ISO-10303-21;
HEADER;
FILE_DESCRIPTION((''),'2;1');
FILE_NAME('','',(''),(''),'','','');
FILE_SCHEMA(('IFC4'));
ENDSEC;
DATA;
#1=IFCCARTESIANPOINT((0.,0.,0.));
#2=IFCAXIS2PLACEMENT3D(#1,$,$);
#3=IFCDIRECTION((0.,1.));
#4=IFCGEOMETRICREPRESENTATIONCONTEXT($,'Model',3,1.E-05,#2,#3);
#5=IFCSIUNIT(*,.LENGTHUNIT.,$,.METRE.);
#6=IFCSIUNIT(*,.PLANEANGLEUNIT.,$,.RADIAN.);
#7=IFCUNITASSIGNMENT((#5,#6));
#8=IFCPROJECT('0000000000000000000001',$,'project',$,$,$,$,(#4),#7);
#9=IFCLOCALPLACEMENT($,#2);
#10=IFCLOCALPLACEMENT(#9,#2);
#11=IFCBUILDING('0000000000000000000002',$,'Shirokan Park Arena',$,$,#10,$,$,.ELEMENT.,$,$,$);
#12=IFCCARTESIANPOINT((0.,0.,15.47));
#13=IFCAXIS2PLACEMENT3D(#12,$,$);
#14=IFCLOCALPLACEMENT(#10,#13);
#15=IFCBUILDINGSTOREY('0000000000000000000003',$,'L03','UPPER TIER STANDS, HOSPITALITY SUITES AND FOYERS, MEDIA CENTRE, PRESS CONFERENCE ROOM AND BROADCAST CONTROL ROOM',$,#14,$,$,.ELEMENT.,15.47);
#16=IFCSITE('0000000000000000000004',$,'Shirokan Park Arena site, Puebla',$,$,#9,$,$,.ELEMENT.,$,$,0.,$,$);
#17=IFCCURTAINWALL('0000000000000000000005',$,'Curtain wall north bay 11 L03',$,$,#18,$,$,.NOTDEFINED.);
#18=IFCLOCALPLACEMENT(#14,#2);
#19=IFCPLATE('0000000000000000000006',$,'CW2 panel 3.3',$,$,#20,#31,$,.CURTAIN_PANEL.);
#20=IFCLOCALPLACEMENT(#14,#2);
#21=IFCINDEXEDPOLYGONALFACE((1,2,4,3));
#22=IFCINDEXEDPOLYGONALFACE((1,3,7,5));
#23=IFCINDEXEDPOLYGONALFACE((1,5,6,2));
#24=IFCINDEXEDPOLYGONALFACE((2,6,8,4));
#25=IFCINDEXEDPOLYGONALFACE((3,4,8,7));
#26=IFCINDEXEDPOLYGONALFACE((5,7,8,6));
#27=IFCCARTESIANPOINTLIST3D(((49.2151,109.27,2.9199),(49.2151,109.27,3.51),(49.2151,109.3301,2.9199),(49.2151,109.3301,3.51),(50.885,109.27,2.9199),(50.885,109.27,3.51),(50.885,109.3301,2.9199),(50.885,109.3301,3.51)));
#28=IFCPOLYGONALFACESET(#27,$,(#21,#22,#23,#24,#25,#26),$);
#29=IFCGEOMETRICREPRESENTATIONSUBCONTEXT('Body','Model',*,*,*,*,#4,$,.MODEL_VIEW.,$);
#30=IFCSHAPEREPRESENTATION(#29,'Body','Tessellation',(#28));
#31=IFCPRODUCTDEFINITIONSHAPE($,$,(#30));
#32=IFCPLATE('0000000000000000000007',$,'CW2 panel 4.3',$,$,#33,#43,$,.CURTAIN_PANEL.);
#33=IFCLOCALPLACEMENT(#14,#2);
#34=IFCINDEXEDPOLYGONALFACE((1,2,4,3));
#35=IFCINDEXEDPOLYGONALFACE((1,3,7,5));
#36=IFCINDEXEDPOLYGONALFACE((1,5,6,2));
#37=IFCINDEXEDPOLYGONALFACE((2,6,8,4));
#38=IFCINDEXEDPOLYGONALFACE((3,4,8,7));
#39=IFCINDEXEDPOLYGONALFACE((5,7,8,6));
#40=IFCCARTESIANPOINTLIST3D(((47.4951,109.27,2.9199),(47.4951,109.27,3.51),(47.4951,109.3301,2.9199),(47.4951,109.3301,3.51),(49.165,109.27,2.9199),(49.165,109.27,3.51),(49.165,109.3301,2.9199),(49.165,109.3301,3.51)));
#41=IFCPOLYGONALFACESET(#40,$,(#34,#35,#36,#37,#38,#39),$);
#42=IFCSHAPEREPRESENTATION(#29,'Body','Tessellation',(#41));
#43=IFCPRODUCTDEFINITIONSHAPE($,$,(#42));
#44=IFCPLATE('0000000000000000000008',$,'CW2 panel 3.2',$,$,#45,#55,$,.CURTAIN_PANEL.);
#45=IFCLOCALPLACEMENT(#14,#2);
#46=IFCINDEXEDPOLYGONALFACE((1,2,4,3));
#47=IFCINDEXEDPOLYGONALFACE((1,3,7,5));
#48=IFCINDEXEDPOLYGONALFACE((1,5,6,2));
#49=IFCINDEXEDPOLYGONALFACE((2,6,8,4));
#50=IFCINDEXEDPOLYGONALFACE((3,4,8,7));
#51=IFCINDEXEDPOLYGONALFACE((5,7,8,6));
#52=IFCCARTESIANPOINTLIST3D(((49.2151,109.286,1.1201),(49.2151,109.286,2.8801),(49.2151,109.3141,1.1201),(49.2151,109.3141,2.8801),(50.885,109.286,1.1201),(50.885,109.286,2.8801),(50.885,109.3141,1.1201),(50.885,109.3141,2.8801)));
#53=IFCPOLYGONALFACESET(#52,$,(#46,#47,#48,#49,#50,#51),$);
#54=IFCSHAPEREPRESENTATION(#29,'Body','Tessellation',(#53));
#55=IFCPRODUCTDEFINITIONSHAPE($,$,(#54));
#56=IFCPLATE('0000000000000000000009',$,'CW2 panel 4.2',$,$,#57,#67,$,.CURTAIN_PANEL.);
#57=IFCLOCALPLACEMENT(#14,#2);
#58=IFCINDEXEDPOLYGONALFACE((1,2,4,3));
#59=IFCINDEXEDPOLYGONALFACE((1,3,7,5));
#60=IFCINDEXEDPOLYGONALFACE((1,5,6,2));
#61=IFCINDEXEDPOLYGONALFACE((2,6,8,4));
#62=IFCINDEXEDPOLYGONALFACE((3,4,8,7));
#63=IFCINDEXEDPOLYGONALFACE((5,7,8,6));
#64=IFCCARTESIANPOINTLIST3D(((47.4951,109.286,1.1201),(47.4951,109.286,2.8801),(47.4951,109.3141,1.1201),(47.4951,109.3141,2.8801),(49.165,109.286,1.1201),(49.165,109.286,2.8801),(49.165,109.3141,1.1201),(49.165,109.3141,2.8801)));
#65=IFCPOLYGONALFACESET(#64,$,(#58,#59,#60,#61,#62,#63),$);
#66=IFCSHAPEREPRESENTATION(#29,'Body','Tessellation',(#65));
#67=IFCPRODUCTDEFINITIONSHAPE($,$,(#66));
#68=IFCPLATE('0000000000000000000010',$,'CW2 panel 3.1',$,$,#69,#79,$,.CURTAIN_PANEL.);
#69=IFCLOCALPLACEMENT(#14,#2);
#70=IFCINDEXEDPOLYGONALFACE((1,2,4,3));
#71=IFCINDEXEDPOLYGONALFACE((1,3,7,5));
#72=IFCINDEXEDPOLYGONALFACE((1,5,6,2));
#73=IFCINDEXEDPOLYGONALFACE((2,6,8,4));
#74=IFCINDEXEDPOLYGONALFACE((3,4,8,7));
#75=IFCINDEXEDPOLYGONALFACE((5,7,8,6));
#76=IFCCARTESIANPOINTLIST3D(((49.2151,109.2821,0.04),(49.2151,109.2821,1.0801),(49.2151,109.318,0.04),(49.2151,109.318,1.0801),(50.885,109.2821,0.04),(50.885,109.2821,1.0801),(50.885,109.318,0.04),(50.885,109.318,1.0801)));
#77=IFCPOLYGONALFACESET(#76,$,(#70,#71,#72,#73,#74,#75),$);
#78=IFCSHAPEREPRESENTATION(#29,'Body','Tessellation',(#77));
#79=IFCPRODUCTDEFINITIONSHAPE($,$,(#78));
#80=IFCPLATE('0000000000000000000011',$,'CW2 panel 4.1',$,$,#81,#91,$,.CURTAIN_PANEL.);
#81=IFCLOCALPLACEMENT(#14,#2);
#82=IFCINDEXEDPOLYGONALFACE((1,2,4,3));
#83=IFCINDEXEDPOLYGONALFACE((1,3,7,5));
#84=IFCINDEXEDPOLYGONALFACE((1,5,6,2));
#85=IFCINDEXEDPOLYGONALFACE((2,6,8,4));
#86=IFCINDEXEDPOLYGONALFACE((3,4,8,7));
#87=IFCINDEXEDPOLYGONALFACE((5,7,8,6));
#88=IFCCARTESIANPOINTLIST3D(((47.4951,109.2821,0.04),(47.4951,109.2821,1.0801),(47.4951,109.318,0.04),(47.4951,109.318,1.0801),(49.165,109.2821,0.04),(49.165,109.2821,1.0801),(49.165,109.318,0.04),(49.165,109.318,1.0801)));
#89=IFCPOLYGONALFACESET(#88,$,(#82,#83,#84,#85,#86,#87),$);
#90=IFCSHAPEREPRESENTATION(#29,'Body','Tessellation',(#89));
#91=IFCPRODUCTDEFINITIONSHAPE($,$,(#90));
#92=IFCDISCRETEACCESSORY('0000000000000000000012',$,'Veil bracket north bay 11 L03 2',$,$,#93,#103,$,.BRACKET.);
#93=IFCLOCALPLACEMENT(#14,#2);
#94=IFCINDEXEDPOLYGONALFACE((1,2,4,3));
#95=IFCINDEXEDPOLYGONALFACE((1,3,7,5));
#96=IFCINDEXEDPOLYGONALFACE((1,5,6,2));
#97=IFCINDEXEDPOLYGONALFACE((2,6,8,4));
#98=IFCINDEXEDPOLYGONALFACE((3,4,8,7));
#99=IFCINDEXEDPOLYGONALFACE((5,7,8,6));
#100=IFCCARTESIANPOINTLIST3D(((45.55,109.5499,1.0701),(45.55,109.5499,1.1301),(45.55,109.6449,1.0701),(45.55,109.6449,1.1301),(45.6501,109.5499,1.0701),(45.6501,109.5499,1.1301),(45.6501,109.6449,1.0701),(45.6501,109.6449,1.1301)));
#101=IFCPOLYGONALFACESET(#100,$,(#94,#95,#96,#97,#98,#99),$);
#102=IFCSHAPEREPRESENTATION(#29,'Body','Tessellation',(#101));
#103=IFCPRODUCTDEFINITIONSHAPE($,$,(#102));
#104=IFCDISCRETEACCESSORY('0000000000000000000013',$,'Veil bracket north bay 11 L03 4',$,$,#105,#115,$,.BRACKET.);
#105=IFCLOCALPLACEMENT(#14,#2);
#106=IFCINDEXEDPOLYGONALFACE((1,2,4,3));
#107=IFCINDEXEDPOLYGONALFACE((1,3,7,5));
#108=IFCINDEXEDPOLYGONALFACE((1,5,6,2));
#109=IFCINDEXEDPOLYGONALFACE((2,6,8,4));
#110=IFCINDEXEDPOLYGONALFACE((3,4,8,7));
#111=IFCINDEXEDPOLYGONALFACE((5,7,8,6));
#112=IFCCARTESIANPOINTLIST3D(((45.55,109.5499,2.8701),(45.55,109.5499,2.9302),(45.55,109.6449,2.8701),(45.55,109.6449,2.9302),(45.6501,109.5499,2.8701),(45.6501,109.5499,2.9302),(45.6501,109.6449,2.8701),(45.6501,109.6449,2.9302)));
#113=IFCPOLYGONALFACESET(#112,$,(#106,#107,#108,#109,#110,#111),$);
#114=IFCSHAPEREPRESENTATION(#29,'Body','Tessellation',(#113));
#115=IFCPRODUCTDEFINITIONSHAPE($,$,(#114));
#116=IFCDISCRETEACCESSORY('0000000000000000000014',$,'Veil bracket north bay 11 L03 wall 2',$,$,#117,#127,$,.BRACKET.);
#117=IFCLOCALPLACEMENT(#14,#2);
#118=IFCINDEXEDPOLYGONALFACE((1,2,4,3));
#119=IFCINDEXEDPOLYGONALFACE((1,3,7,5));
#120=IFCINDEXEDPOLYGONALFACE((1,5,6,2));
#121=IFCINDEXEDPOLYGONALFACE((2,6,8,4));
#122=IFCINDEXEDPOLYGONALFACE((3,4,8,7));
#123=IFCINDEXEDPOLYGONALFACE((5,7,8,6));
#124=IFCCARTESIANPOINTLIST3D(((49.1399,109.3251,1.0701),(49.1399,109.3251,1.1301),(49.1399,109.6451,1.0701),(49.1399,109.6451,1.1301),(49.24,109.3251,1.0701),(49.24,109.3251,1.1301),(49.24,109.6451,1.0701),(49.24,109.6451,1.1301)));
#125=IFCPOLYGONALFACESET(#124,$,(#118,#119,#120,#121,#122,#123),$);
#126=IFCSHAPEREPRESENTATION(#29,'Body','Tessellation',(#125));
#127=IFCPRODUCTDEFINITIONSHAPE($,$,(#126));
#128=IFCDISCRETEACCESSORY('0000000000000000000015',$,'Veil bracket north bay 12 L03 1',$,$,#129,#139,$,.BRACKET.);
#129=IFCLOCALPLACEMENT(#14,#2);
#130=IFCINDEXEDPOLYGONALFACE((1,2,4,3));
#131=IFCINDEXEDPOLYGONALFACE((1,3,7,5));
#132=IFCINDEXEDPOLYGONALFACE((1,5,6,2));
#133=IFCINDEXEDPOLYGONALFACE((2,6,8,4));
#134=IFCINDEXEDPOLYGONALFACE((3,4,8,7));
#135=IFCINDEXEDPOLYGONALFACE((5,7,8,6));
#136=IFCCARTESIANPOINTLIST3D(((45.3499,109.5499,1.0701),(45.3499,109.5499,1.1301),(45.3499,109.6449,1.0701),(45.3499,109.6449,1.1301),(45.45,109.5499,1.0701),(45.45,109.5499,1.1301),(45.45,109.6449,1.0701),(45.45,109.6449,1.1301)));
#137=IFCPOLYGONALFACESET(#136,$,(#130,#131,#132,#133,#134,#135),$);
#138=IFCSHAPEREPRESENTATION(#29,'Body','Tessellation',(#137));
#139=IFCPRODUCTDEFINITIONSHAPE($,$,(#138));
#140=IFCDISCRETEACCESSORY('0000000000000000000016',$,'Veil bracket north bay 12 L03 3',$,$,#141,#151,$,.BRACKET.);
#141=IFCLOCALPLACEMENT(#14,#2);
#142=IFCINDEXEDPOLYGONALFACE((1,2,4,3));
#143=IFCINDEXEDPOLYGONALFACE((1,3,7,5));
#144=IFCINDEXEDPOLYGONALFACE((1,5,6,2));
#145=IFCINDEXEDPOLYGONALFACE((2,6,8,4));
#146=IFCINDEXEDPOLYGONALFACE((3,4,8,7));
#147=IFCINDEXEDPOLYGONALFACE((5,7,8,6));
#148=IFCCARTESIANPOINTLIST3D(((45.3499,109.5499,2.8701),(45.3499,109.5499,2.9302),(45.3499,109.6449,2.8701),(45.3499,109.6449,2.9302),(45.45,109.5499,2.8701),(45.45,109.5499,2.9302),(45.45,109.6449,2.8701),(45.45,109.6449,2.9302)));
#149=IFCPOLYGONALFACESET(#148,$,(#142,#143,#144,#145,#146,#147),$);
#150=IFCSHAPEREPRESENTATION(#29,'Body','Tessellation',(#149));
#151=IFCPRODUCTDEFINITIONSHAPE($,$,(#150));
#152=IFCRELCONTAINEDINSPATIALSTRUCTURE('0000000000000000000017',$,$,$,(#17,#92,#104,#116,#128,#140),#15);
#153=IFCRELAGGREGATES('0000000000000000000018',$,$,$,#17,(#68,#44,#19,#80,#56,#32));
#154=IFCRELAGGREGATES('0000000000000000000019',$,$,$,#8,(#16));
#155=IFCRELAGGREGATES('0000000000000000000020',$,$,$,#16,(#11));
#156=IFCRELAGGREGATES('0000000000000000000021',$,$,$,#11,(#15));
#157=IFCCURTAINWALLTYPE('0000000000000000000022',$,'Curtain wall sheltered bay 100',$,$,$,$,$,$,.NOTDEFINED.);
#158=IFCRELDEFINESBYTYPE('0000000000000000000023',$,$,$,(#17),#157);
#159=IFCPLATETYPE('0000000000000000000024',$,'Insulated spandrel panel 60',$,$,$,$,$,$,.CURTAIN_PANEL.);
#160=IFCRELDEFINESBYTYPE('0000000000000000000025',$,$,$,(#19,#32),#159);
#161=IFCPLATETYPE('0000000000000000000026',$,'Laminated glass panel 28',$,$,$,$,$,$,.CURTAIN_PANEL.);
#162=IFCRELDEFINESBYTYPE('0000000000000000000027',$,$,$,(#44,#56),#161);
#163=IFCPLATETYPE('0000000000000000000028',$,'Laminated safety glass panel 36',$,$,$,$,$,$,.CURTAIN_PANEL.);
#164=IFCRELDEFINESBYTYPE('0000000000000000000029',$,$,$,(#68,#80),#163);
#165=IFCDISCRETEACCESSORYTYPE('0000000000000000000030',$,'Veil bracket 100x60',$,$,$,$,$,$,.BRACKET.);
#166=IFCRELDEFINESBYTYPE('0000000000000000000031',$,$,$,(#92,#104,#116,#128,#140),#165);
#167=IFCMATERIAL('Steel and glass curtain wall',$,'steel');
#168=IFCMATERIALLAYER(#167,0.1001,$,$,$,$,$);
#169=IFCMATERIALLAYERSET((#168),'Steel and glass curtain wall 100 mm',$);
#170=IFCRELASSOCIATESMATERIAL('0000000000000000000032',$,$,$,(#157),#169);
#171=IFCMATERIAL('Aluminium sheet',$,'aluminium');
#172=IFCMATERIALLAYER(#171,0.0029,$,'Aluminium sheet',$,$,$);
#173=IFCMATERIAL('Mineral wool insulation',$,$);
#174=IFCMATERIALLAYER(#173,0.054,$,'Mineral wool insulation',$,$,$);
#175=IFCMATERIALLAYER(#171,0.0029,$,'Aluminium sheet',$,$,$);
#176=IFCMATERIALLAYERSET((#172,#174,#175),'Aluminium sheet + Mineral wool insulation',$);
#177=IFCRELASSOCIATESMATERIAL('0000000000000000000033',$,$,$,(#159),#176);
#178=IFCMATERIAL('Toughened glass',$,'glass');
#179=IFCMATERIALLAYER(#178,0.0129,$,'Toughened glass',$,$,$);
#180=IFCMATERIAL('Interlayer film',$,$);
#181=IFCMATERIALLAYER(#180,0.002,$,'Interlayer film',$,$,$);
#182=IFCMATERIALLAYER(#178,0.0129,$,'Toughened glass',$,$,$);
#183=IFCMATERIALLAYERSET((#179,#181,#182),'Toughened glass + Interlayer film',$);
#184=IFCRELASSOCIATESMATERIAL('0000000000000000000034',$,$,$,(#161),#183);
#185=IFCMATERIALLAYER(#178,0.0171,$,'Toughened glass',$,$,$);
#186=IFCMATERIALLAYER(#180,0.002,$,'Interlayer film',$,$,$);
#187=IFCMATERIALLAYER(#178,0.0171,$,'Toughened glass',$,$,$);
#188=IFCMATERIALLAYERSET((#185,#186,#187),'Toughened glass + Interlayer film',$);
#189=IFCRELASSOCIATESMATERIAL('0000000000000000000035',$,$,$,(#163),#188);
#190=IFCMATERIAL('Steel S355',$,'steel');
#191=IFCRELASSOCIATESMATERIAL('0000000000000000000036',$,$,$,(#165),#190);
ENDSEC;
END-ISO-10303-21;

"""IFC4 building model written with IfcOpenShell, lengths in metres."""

from ifc_helpers import new_model, si_unit, direction, frame, origin, origin_2d, place, context, subcontext, project, spatial, rectangle, extrude, material, layer, layer_set, type_object, element, aggregate, save


model = new_model("IFC4")

# Units and contexts
model_context = context("Model", 3, precision=1e-05, world=origin(), true_north=direction((0.0, 1.0)))
body_context = subcontext(model_context, "Body", "Model", "MODEL_VIEW")
ifc_project = project(units=[si_unit("LENGTHUNIT", "METRE"), si_unit("PLANEANGLEUNIT", "RADIAN")], contexts=[model_context])

# Site, building, storey
site_placement = place(None, origin())
site = spatial("IfcSite", under=ifc_project, at=site_placement, Name="Shirokan Park Arena site, Puebla", CompositionType="ELEMENT", RefElevation=0.0)
building_placement = place(site_placement, origin())
building = spatial("IfcBuilding", under=site, at=building_placement, Name="Shirokan Park Arena", CompositionType="ELEMENT")
storey_placement = place(building_placement, frame((0.0, 0.0, 15.47)))
storey = spatial("IfcBuildingStorey", under=building, at=storey_placement, Name="L03", Description="UPPER TIER STANDS, HOSPITALITY SUITES AND FOYERS, MEDIA CENTRE, PRESS CONFERENCE ROOM AND BROADCAST CONTROL ROOM", CompositionType="ELEMENT", Elevation=15.47)

# Curtain wall, plates
ifc_material_1 = material(Name="Steel and glass curtain wall", Category="steel")
ifc_layer_1 = layer(ifc_material_1, 0.1001)
ifc_layer_set_1 = layer_set([ifc_layer_1], Name="Steel and glass curtain wall 100 mm")
curtain_wall_type = type_object("IfcCurtainWallType", Name="Curtain wall sheltered bay 100", PredefinedType="NOTDEFINED", material=ifc_layer_set_1)
curtain_wall_placement = place(storey_placement, origin())
curtain_wall = element("IfcCurtainWall", 1, at=curtain_wall_placement, inside=storey, type_object=curtain_wall_type, Name="Curtain wall north bay 11 L03", PredefinedType="NOTDEFINED")
ifc_material_2 = material(Name="Steel S355", Category="steel")
ifc_material_3 = material(Name="Aluminium sheet", Category="aluminium")
ifc_layer_2 = layer(ifc_material_3, 0.0029, Name="Aluminium sheet")
ifc_material_4 = material(Name="Mineral wool insulation")
ifc_layer_3 = layer(ifc_material_4, 0.054, Name="Mineral wool insulation")
ifc_layer_4 = layer(ifc_material_3, 0.0029, Name="Aluminium sheet")
ifc_layer_set_2 = layer_set([ifc_layer_2, ifc_layer_3, ifc_layer_4], Name="Aluminium sheet + Mineral wool insulation")
plate_type_1 = type_object("IfcPlateType", Name="Insulated spandrel panel 60", PredefinedType="CURTAIN_PANEL", material=ifc_layer_set_2)
plate_1_placement = place(storey_placement, frame((50.05, 109.3, 2.9199), z_axis=(0.0, 0.0, 1.0), x_axis=(-1.0, 0.0, 0.0)))
plate_1 = element("IfcPlate", 2, at=plate_1_placement, type_object=plate_type_1, Name="CW2 panel 3.3", PredefinedType="CURTAIN_PANEL", context=body_context, shape_type="SweptSolid", body=[
    extrude(rectangle(XDim=1.6699, YDim=0.0601, at=origin_2d()), origin(), (0.0, 0.0, 1.0), 0.5901),
])
plate_2_placement = place(storey_placement, frame((48.3301, 109.3, 2.9199), z_axis=(0.0, 0.0, 1.0), x_axis=(-1.0, 0.0, 0.0)))
plate_2 = element("IfcPlate", 3, at=plate_2_placement, type_object=plate_type_1, Name="CW2 panel 4.3", PredefinedType="CURTAIN_PANEL", context=body_context, shape_type="SweptSolid", body=[
    extrude(rectangle(XDim=1.6699, YDim=0.0601, at=origin_2d()), origin(), (0.0, 0.0, 1.0), 0.5901),
])
ifc_material_5 = material(Name="Toughened glass", Category="glass")
ifc_layer_5 = layer(ifc_material_5, 0.0129, Name="Toughened glass")
ifc_material_6 = material(Name="Interlayer film")
ifc_layer_6 = layer(ifc_material_6, 0.002, Name="Interlayer film")
ifc_layer_7 = layer(ifc_material_5, 0.0129, Name="Toughened glass")
ifc_layer_set_3 = layer_set([ifc_layer_5, ifc_layer_6, ifc_layer_7], Name="Toughened glass + Interlayer film")
plate_type_2 = type_object("IfcPlateType", Name="Laminated glass panel 28", PredefinedType="CURTAIN_PANEL", material=ifc_layer_set_3)
plate_3_placement = place(storey_placement, frame((50.05, 109.3, 1.1201), z_axis=(0.0, 0.0, 1.0), x_axis=(-1.0, 0.0, 0.0)))
plate_3 = element("IfcPlate", 4, at=plate_3_placement, type_object=plate_type_2, Name="CW2 panel 3.2", PredefinedType="CURTAIN_PANEL", context=body_context, shape_type="SweptSolid", body=[
    extrude(rectangle(XDim=1.6699, YDim=0.0281, at=origin_2d()), origin(), (0.0, 0.0, 1.0), 1.76),
])
plate_4_placement = place(storey_placement, frame((48.3301, 109.3, 1.1201), z_axis=(0.0, 0.0, 1.0), x_axis=(-1.0, 0.0, 0.0)))
plate_4 = element("IfcPlate", 5, at=plate_4_placement, type_object=plate_type_2, Name="CW2 panel 4.2", PredefinedType="CURTAIN_PANEL", context=body_context, shape_type="SweptSolid", body=[
    extrude(rectangle(XDim=1.6699, YDim=0.0281, at=origin_2d()), origin(), (0.0, 0.0, 1.0), 1.76),
])
ifc_layer_8 = layer(ifc_material_5, 0.0171, Name="Toughened glass")
ifc_layer_9 = layer(ifc_material_6, 0.002, Name="Interlayer film")
ifc_layer_10 = layer(ifc_material_5, 0.0171, Name="Toughened glass")
ifc_layer_set_4 = layer_set([ifc_layer_8, ifc_layer_9, ifc_layer_10], Name="Toughened glass + Interlayer film")
plate_type_3 = type_object("IfcPlateType", Name="Laminated safety glass panel 36", PredefinedType="CURTAIN_PANEL", material=ifc_layer_set_4)
plate_5_placement = place(storey_placement, frame((50.05, 109.3, 0.04), z_axis=(0.0, 0.0, 1.0), x_axis=(-1.0, 0.0, 0.0)))
plate_5 = element("IfcPlate", 6, at=plate_5_placement, type_object=plate_type_3, Name="CW2 panel 3.1", PredefinedType="CURTAIN_PANEL", context=body_context, shape_type="SweptSolid", body=[
    extrude(rectangle(XDim=1.6699, YDim=0.0359, at=origin_2d()), origin(), (0.0, 0.0, 1.0), 1.04),
])
plate_6_placement = place(storey_placement, frame((48.3301, 109.3, 0.04), z_axis=(0.0, 0.0, 1.0), x_axis=(-1.0, 0.0, 0.0)))
plate_6 = element("IfcPlate", 7, at=plate_6_placement, type_object=plate_type_3, Name="CW2 panel 4.1", PredefinedType="CURTAIN_PANEL", context=body_context, shape_type="SweptSolid", body=[
    extrude(rectangle(XDim=1.6699, YDim=0.0359, at=origin_2d()), origin(), (0.0, 0.0, 1.0), 1.04),
])
aggregate(curtain_wall, [plate_5, plate_3, plate_1, plate_6, plate_4, plate_2])

# Discrete accessories
discrete_accessory_type = type_object("IfcDiscreteAccessoryType", Name="Veil bracket 100x60", PredefinedType="BRACKET", material=ifc_material_2)
for number, where, z_axis, x_axis, name in (
    (8, (45.6001, 109.5974, 1.0701), (0.0, 0.0, 1.0), (-1.0, 0.0, 0.0), "Veil bracket north bay 11 L03 2"),
    (9, (45.6001, 109.5974, 2.8701), (0.0, 0.0, 1.0), (-1.0, 0.0, 0.0), "Veil bracket north bay 11 L03 4"),
):
    element("IfcDiscreteAccessory", number, at=place(storey_placement, frame(where, z_axis=z_axis, x_axis=x_axis)), inside=storey, type_object=discrete_accessory_type, Name=name, PredefinedType="BRACKET", context=body_context, shape_type="SweptSolid", body=[
        extrude(rectangle(XDim=0.1001, YDim=0.095, at=origin_2d()), origin(), (0.0, 0.0, 1.0), 0.0601),
    ])
discrete_accessory_placement = place(storey_placement, frame((49.1899, 109.4851, 1.0701), z_axis=(0.0, 0.0, 1.0), x_axis=(-1.0, 0.0, 0.0)))
element("IfcDiscreteAccessory", 10, at=discrete_accessory_placement, inside=storey, type_object=discrete_accessory_type, Name="Veil bracket north bay 11 L03 wall 2", PredefinedType="BRACKET", context=body_context, shape_type="SweptSolid", body=[
    extrude(rectangle(XDim=0.1001, YDim=0.3201, at=origin_2d()), origin(), (0.0, 0.0, 1.0), 0.0601),
])
for number, where, z_axis, x_axis, name in (
    (11, (45.3999, 109.5974, 1.0701), (0.0, 0.0, 1.0), (-1.0, 0.0, 0.0), "Veil bracket north bay 12 L03 1"),
    (12, (45.3999, 109.5974, 2.8701), (0.0, 0.0, 1.0), (-1.0, 0.0, 0.0), "Veil bracket north bay 12 L03 3"),
):
    element("IfcDiscreteAccessory", number, at=place(storey_placement, frame(where, z_axis=z_axis, x_axis=x_axis)), inside=storey, type_object=discrete_accessory_type, Name=name, PredefinedType="BRACKET", context=body_context, shape_type="SweptSolid", body=[
        extrude(rectangle(XDim=0.1001, YDim=0.095, at=origin_2d()), origin(), (0.0, 0.0, 1.0), 0.0601),
    ])

save(model, "model.ifc")
